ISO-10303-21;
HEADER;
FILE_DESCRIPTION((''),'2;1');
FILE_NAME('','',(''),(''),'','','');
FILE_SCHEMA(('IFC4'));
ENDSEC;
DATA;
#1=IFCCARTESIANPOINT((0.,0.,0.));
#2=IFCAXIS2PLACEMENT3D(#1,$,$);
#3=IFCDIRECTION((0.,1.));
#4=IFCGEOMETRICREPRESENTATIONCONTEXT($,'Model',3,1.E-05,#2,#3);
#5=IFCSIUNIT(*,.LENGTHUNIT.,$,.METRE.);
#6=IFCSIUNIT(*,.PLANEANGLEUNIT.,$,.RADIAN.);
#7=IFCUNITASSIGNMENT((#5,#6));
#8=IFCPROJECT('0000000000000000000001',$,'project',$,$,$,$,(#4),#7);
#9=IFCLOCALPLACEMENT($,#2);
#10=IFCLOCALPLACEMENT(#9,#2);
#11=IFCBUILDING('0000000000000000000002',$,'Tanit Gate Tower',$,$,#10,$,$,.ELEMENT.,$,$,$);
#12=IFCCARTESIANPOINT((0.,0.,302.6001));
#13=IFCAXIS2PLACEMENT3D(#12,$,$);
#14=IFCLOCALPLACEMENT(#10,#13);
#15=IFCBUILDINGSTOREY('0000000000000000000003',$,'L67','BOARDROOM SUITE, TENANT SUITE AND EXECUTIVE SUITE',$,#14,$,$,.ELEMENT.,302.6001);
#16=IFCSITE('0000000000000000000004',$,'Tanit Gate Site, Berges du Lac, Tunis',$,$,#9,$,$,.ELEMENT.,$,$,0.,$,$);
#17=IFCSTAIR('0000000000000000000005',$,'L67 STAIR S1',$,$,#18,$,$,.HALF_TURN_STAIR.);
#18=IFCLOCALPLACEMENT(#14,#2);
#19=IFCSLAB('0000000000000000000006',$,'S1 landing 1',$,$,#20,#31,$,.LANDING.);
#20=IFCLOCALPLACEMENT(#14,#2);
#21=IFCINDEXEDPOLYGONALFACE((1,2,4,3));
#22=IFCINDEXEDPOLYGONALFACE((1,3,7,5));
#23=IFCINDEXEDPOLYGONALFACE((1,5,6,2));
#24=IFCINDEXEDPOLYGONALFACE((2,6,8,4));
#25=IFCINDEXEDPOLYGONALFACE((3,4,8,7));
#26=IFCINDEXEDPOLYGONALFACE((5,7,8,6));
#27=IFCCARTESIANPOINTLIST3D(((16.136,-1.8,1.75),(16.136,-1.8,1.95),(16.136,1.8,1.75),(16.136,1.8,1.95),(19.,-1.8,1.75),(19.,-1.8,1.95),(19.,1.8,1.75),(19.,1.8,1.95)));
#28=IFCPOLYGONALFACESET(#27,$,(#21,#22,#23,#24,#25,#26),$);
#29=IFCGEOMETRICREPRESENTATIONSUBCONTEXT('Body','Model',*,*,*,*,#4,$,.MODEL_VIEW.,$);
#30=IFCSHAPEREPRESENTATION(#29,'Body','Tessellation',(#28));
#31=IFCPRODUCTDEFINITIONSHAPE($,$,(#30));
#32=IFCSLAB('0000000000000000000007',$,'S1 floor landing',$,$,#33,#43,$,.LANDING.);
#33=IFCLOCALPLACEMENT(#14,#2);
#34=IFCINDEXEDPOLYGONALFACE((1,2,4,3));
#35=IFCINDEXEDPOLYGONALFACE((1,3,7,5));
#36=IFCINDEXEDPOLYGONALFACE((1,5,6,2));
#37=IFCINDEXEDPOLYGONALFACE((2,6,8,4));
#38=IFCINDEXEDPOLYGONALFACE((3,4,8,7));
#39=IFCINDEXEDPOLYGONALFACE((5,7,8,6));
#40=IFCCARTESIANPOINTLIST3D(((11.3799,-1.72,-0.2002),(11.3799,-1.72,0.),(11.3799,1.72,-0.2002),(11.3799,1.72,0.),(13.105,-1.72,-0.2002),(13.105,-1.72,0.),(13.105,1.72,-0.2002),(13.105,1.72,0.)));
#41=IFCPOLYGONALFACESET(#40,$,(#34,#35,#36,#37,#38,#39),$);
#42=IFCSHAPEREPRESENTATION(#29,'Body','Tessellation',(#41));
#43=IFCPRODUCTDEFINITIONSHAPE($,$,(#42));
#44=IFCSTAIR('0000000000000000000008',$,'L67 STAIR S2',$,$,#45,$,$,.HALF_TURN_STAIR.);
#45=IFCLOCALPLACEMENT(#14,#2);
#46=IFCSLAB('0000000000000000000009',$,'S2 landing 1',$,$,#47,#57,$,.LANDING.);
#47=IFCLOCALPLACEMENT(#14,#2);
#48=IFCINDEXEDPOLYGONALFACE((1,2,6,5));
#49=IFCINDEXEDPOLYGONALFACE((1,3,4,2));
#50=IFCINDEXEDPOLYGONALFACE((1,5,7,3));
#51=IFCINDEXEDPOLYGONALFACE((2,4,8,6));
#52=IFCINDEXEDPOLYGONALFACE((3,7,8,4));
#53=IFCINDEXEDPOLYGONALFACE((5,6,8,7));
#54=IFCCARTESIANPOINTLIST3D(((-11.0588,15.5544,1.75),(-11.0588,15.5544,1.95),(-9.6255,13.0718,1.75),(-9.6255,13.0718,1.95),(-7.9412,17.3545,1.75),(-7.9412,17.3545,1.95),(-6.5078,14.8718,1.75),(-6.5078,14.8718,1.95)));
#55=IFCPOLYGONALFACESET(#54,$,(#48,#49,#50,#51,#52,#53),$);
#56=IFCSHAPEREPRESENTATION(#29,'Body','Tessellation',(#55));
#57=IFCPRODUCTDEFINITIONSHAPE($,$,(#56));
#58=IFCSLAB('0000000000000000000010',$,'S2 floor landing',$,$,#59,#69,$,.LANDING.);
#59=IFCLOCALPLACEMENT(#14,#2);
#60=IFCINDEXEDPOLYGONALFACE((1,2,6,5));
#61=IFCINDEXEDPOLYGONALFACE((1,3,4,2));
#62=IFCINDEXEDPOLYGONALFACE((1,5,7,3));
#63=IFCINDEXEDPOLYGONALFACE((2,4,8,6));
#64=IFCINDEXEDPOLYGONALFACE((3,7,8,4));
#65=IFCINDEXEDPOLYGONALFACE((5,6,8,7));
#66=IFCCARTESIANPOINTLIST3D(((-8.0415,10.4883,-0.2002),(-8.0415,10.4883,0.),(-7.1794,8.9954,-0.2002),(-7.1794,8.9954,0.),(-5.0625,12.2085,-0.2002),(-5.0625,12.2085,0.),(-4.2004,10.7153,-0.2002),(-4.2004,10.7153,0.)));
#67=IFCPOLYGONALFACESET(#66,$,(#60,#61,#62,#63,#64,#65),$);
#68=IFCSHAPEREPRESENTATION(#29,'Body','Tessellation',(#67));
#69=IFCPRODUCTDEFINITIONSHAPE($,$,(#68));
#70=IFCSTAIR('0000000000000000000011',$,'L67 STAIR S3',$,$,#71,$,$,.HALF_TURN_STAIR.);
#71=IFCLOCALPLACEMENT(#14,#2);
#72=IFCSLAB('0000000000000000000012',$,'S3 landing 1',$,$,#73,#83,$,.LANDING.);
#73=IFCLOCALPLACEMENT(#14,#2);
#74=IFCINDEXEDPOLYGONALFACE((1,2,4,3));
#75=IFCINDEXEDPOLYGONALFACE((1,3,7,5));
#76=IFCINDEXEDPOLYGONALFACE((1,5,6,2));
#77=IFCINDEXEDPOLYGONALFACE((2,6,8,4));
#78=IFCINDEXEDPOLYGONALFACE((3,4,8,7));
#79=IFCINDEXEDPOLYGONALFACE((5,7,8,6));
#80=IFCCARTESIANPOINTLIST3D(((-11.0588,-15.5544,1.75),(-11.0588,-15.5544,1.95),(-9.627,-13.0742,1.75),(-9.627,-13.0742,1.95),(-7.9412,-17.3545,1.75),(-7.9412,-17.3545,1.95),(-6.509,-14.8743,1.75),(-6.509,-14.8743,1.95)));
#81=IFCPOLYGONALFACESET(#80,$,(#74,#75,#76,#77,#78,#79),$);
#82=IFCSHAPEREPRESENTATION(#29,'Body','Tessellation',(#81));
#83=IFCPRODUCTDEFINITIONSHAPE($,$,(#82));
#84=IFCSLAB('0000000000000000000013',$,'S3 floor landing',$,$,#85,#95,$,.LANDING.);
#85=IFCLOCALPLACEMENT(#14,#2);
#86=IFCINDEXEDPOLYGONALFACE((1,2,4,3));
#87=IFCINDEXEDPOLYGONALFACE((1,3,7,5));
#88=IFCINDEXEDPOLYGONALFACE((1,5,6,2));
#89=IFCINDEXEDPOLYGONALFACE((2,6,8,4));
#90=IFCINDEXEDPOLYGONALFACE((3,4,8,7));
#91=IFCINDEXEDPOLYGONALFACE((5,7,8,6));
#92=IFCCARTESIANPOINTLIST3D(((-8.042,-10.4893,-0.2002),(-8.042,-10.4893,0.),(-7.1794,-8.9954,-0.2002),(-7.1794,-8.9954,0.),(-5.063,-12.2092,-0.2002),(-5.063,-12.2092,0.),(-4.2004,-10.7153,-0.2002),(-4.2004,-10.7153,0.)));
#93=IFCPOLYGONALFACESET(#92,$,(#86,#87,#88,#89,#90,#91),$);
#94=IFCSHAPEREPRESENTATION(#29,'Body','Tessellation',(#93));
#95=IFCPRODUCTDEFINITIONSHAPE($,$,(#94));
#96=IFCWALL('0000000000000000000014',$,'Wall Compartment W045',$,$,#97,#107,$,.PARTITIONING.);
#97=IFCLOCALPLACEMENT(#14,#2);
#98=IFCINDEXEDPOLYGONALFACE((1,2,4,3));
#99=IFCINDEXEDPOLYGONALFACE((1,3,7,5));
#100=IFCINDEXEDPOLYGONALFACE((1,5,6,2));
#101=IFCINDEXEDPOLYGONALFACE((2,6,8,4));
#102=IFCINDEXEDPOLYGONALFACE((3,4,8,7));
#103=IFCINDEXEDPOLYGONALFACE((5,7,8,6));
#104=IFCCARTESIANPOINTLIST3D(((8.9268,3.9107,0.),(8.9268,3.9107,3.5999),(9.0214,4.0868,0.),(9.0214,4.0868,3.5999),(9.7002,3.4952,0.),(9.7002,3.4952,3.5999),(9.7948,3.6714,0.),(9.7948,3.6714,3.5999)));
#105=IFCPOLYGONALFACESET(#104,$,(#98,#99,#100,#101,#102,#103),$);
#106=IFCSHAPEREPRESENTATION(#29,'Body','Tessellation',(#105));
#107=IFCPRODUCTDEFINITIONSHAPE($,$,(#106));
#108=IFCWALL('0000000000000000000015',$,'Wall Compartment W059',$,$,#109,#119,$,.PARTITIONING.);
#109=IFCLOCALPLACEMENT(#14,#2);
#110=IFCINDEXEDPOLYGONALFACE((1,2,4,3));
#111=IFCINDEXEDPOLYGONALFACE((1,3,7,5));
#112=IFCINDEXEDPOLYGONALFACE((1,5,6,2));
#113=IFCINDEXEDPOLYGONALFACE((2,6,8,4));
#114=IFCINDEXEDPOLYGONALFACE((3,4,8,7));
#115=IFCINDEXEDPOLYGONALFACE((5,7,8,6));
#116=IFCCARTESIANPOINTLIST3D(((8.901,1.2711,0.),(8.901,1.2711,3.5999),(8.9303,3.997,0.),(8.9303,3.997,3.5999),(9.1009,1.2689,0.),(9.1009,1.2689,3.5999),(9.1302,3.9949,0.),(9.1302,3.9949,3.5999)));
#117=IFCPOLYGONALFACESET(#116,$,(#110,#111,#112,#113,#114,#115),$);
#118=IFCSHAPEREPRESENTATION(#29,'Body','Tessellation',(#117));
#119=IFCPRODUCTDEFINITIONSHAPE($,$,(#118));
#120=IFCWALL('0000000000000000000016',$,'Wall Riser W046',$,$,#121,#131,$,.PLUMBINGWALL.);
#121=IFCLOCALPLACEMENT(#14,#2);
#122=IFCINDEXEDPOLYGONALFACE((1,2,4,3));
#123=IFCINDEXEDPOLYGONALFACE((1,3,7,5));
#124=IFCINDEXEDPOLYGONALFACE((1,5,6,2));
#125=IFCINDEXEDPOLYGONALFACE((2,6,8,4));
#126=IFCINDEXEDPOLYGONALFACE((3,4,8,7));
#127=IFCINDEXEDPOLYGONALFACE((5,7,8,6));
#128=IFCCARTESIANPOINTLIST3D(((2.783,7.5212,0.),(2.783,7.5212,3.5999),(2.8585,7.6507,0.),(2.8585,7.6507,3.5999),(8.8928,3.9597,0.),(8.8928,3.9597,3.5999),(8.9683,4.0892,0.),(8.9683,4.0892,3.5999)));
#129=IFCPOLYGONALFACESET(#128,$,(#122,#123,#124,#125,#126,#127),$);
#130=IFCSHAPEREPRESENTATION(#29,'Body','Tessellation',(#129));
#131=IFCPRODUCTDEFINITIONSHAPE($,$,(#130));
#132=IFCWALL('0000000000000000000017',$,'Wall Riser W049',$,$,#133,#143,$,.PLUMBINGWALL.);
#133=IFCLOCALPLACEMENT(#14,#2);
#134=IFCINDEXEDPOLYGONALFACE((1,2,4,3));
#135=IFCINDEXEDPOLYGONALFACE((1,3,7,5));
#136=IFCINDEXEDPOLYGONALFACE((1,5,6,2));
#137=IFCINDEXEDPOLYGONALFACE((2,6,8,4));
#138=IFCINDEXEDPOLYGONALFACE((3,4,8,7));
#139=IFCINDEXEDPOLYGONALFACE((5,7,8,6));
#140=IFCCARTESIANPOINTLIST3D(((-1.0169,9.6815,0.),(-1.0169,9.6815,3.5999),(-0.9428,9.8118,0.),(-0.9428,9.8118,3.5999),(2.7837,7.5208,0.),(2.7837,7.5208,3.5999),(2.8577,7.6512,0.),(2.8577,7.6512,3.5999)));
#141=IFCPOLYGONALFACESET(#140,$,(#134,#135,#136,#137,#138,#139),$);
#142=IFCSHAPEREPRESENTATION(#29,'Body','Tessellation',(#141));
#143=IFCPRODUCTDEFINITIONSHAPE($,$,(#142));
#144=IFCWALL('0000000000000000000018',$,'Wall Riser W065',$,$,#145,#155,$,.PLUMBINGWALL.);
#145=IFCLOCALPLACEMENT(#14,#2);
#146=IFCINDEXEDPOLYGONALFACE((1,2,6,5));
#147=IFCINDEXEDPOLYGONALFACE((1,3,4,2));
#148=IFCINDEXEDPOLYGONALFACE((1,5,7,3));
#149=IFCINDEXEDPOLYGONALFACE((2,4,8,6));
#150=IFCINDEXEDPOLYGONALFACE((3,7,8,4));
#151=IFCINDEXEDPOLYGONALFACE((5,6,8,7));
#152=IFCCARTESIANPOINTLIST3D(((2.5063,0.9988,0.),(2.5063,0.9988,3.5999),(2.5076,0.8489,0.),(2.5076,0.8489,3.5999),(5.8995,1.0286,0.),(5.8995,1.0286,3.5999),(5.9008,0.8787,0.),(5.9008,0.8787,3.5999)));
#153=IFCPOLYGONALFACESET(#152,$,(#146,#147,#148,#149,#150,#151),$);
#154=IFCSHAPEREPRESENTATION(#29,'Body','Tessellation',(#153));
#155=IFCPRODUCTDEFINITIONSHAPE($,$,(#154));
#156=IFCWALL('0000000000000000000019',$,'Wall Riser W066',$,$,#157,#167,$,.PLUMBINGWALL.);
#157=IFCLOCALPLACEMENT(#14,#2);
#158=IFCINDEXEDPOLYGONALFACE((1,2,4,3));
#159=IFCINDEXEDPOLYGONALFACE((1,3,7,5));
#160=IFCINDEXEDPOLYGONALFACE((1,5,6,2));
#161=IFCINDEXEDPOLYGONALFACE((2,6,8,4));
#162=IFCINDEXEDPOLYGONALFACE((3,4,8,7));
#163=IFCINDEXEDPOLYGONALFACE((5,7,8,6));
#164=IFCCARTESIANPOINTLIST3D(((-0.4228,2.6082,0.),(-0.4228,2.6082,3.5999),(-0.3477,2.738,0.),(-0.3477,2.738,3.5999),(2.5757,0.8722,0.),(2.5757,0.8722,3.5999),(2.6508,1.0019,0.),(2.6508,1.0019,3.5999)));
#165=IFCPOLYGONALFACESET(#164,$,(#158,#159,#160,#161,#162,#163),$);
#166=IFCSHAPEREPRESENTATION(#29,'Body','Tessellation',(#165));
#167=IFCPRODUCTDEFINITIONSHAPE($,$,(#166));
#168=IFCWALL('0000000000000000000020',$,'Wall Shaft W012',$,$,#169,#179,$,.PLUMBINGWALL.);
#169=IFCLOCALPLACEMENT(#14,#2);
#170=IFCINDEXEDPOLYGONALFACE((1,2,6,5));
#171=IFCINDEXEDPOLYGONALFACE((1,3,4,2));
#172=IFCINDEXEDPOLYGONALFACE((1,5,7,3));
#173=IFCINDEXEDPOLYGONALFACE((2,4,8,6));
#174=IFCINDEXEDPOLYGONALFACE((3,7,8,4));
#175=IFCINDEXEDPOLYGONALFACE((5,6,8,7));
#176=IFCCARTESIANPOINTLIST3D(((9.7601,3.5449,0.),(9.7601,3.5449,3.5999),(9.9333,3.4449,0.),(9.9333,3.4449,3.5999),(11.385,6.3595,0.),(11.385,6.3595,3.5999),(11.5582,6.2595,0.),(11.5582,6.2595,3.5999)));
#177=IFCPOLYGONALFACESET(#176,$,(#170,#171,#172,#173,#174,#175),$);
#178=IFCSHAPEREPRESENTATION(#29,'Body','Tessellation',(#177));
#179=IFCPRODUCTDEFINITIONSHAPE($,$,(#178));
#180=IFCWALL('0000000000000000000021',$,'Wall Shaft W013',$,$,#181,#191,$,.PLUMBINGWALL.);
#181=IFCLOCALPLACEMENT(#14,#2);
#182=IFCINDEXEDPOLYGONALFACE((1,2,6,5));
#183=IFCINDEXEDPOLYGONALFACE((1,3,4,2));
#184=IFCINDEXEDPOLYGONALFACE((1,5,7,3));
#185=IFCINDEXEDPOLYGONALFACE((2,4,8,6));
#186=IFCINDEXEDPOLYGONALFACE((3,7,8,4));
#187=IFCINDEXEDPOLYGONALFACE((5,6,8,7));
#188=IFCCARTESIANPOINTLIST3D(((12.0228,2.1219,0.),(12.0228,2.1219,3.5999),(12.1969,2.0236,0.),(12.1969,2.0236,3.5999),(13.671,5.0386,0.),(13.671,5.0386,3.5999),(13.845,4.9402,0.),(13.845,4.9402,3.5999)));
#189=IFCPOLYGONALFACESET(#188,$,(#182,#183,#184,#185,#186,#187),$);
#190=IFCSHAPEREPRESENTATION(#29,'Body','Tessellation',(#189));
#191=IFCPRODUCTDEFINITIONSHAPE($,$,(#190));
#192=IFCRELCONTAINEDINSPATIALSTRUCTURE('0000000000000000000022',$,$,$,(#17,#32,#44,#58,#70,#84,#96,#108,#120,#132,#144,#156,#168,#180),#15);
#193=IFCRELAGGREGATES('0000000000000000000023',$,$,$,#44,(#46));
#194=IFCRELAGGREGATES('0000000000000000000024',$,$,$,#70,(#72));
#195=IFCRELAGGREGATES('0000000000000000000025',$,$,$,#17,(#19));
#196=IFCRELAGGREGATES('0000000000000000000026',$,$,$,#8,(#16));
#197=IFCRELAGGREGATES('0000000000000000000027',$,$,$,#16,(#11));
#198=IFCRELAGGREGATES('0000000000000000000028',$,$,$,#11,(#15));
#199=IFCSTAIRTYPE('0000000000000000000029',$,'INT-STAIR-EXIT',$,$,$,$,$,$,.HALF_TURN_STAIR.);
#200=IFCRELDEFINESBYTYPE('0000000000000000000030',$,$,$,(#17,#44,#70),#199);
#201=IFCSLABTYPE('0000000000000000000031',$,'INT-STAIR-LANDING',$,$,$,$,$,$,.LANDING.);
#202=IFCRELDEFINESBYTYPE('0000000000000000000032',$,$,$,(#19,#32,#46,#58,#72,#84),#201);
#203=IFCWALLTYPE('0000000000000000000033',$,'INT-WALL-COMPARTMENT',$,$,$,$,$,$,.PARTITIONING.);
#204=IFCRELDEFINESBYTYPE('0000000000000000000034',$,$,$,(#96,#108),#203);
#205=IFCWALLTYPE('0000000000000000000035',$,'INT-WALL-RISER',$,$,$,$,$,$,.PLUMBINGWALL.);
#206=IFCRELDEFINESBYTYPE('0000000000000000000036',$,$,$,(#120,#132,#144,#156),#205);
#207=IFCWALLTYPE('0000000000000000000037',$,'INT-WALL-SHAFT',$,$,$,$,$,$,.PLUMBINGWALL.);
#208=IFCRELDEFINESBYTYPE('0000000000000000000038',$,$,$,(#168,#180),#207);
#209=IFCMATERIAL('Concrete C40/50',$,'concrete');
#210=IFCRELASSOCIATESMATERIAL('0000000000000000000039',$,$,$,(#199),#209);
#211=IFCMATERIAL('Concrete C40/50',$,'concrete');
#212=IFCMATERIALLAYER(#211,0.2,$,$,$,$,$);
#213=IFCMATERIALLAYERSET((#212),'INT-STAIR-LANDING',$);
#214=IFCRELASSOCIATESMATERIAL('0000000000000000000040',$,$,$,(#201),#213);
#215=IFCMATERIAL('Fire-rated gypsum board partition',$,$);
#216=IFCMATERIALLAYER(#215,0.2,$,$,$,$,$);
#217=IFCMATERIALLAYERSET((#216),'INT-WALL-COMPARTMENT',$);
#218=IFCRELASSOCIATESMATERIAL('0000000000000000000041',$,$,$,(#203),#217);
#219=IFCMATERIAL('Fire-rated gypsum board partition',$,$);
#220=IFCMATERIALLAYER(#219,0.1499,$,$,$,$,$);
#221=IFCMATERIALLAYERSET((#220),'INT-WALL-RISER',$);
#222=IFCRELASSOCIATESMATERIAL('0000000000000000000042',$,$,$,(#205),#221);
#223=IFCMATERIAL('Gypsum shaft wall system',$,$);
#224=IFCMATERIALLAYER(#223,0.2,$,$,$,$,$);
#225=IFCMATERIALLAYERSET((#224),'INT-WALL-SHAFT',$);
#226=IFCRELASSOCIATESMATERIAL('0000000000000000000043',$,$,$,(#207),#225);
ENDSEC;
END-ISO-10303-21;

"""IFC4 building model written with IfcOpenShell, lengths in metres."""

from ifc_helpers import new_model, si_unit, direction, frame, frame_2d, origin, place, context, subcontext, project, spatial, polyline, rectangle, outline, extrude, material, layer, layer_set, type_object, element, aggregate, save


model = new_model("IFC4")

# Units and contexts
model_context = context("Model", 3, precision=1e-05, world=origin(), true_north=direction((0.0, 1.0)))
body_context = subcontext(model_context, "Body", "Model", "MODEL_VIEW")
ifc_project = project(units=[si_unit("LENGTHUNIT", "METRE"), si_unit("PLANEANGLEUNIT", "RADIAN")], contexts=[model_context])

# Site, building, storey
site_placement = place(None, origin())
site = spatial("IfcSite", under=ifc_project, at=site_placement, Name="Tanit Gate Site, Berges du Lac, Tunis", CompositionType="ELEMENT", RefElevation=0.0)
building_placement = place(site_placement, origin())
building = spatial("IfcBuilding", under=site, at=building_placement, Name="Tanit Gate Tower", CompositionType="ELEMENT")
storey_placement = place(building_placement, frame((0.0, 0.0, 302.6001)))
storey = spatial("IfcBuildingStorey", under=building, at=storey_placement, Name="L67", Description="BOARDROOM SUITE, TENANT SUITE AND EXECUTIVE SUITE", CompositionType="ELEMENT", Elevation=302.6001)

# Stair, slab
ifc_material_1 = material(Name="Concrete C40/50", Category="concrete")
stair_type = type_object("IfcStairType", Name="INT-STAIR-EXIT", PredefinedType="HALF_TURN_STAIR", material=ifc_material_1)
stair_1_placement = place(storey_placement, origin())
stair_1 = element("IfcStair", 1, at=stair_1_placement, inside=storey, type_object=stair_type, Name="L67 STAIR S1", PredefinedType="HALF_TURN_STAIR")
ifc_material_2 = material(Name="Concrete C40/50", Category="concrete")
ifc_layer_1 = layer(ifc_material_2, 0.2)
ifc_layer_set_1 = layer_set([ifc_layer_1], Name="INT-STAIR-LANDING")
slab_type = type_object("IfcSlabType", Name="INT-STAIR-LANDING", PredefinedType="LANDING", material=ifc_layer_set_1)
slab_1_placement = place(storey_placement, frame((0.0, 0.0, 1.75)))
slab_1 = element("IfcSlab", 2, at=slab_1_placement, type_object=slab_type, Name="S1 landing 1", PredefinedType="LANDING", context=body_context, shape_type="SweptSolid", body=[
    extrude(outline(polyline([(16.136, -1.8), (19.0, -1.8), (19.0, 1.8), (16.136, 1.8), (16.136, -1.8)])), origin(), (0.0, 0.0, 1.0), 0.2),
])

# Slab
slab_2_placement = place(storey_placement, frame((0.0, 0.0, -0.2002)))
element("IfcSlab", 3, at=slab_2_placement, inside=storey, type_object=slab_type, Name="S1 floor landing", PredefinedType="LANDING", context=body_context, shape_type="SweptSolid", body=[
    extrude(outline(polyline([(11.3799, -1.72), (13.105, -1.72), (13.105, 1.72), (11.3799, 1.72), (11.3799, -1.72)])), origin(), (0.0, 0.0, 1.0), 0.2002),
])

# Stair, slab
stair_2_placement = place(storey_placement, origin())
stair_2 = element("IfcStair", 4, at=stair_2_placement, inside=storey, type_object=stair_type, Name="L67 STAIR S2", PredefinedType="HALF_TURN_STAIR")
slab_3_placement = place(storey_placement, frame((0.0, 0.0, 1.75)))
slab_3 = element("IfcSlab", 5, at=slab_3_placement, type_object=slab_type, Name="S2 landing 1", PredefinedType="LANDING", context=body_context, shape_type="SweptSolid", body=[
    extrude(outline(polyline([(-6.5078, 14.8718), (-7.9412, 17.3545), (-11.0588, 15.5544), (-9.6255, 13.0718), (-6.5078, 14.8718)])), origin(), (0.0, 0.0, 1.0), 0.2),
])
aggregate(stair_2, [slab_3])

# Slab
slab_4_placement = place(storey_placement, frame((0.0, 0.0, -0.2002)))
element("IfcSlab", 6, at=slab_4_placement, inside=storey, type_object=slab_type, Name="S2 floor landing", PredefinedType="LANDING", context=body_context, shape_type="SweptSolid", body=[
    extrude(outline(polyline([(-4.2004, 10.7153), (-5.0625, 12.2085), (-8.0415, 10.4883), (-7.1794, 8.9954), (-4.2004, 10.7153)])), origin(), (0.0, 0.0, 1.0), 0.2002),
])

# Stair, slab
stair_3_placement = place(storey_placement, origin())
stair_3 = element("IfcStair", 7, at=stair_3_placement, inside=storey, type_object=stair_type, Name="L67 STAIR S3", PredefinedType="HALF_TURN_STAIR")
slab_5_placement = place(storey_placement, frame((0.0, 0.0, 1.75)))
slab_5 = element("IfcSlab", 8, at=slab_5_placement, type_object=slab_type, Name="S3 landing 1", PredefinedType="LANDING", context=body_context, shape_type="SweptSolid", body=[
    extrude(outline(polyline([(-9.627, -13.0742), (-11.0588, -15.5544), (-7.9412, -17.3545), (-6.509, -14.8743), (-9.627, -13.0742)])), origin(), (0.0, 0.0, 1.0), 0.2),
])
aggregate(stair_3, [slab_5])

# Slab
slab_6_placement = place(storey_placement, frame((0.0, 0.0, -0.2002)))
element("IfcSlab", 9, at=slab_6_placement, inside=storey, type_object=slab_type, Name="S3 floor landing", PredefinedType="LANDING", context=body_context, shape_type="SweptSolid", body=[
    extrude(outline(polyline([(-7.1794, -8.9954), (-8.042, -10.4893), (-5.063, -12.2092), (-4.2004, -10.7153), (-7.1794, -8.9954)])), origin(), (0.0, 0.0, 1.0), 0.2002),
])

# Walls
ifc_material_3 = material(Name="Fire-rated gypsum board partition")
ifc_layer_2 = layer(ifc_material_3, 0.2)
ifc_layer_set_2 = layer_set([ifc_layer_2], Name="INT-WALL-COMPARTMENT")
wall_type_1 = type_object("IfcWallType", Name="INT-WALL-COMPARTMENT", PredefinedType="PARTITIONING", material=ifc_layer_set_2)
wall_1_placement = place(storey_placement, frame((8.9741, 3.9988, 0.0), z_axis=(0.0, 0.0, 1.0), x_axis=(0.880917, -0.473271, 0.0)))
element("IfcWall", 10, at=wall_1_placement, inside=storey, type_object=wall_type_1, Name="Wall Compartment W045", PredefinedType="PARTITIONING", context=body_context, shape_type="SweptSolid", body=[
    extrude(rectangle(XDim=0.8779, YDim=0.2, at=frame_2d((0.439, 0.0))), origin(), (0.0, 0.0, 1.0), 3.5999),
])
wall_2_placement = place(storey_placement, frame((9.001, 1.27, 0.0), z_axis=(0.0, 0.0, 1.0), x_axis=(0.010747, 0.999942, 0.0)))
element("IfcWall", 11, at=wall_2_placement, inside=storey, type_object=wall_type_1, Name="Wall Compartment W059", PredefinedType="PARTITIONING", context=body_context, shape_type="SweptSolid", body=[
    extrude(rectangle(XDim=2.7261, YDim=0.2, at=frame_2d((1.363, 0.0))), origin(), (0.0, 0.0, 1.0), 3.5999),
])
ifc_material_4 = material(Name="Fire-rated gypsum board partition")
ifc_layer_3 = layer(ifc_material_4, 0.1499)
ifc_layer_set_3 = layer_set([ifc_layer_3], Name="INT-WALL-RISER")
wall_type_2 = type_object("IfcWallType", Name="INT-WALL-RISER", PredefinedType="PLUMBINGWALL", material=ifc_layer_set_3)
wall_3_placement = place(storey_placement, frame((8.9307, 4.0244, 0.0), z_axis=(0.0, 0.0, 1.0), x_axis=(-0.863937, 0.503601, 0.0)))
element("IfcWall", 12, at=wall_3_placement, inside=storey, type_object=wall_type_2, Name="Wall Riser W046", PredefinedType="PLUMBINGWALL", context=body_context, shape_type="SweptSolid", body=[
    extrude(rectangle(XDim=7.072, YDim=0.1499, at=frame_2d((3.5361, 0.0))), origin(), (0.0, 0.0, 1.0), 3.5999),
])
wall_4_placement = place(storey_placement, frame((2.8208, 7.5859, 0.0), z_axis=(0.0, 0.0, 1.0), x_axis=(-0.869334, 0.494225, 0.0)))
element("IfcWall", 13, at=wall_4_placement, inside=storey, type_object=wall_type_2, Name="Wall Riser W049", PredefinedType="PLUMBINGWALL", context=body_context, shape_type="SweptSolid", body=[
    extrude(rectangle(XDim=4.3718, YDim=0.1499, at=frame_2d((2.186, 0.0))), origin(), (0.0, 0.0, 1.0), 3.5999),
])
wall_5_placement = place(storey_placement, frame((2.5068, 0.9238, 0.0), z_axis=(0.0, 0.0, 1.0), x_axis=(0.999961, 0.008778, 0.0)))
element("IfcWall", 14, at=wall_5_placement, inside=storey, type_object=wall_type_2, Name="Wall Riser W065", PredefinedType="PLUMBINGWALL", context=body_context, shape_type="SweptSolid", body=[
    extrude(rectangle(XDim=3.3933, YDim=0.1499, at=frame_2d((1.6968, 0.0))), origin(), (0.0, 0.0, 1.0), 3.5999),
])
wall_6_placement = place(storey_placement, frame((-0.3853, 2.6731, 0.0), z_axis=(0.0, 0.0, 1.0), x_axis=(0.865415, -0.501056, 0.0)))
element("IfcWall", 15, at=wall_6_placement, inside=storey, type_object=wall_type_2, Name="Wall Riser W066", PredefinedType="PLUMBINGWALL", context=body_context, shape_type="SweptSolid", body=[
    extrude(rectangle(XDim=3.4648, YDim=0.1499, at=frame_2d((1.7324, 0.0))), origin(), (0.0, 0.0, 1.0), 3.5999),
])
ifc_material_5 = material(Name="Gypsum shaft wall system")
ifc_layer_4 = layer(ifc_material_5, 0.2)
ifc_layer_set_4 = layer_set([ifc_layer_4], Name="INT-WALL-SHAFT")
wall_type_3 = type_object("IfcWallType", Name="INT-WALL-SHAFT", PredefinedType="PLUMBINGWALL", material=ifc_layer_set_4)
wall_7_placement = place(storey_placement, frame((9.8467, 3.4949, 0.0), z_axis=(0.0, 0.0, 1.0), x_axis=(0.499985, 0.866034, 0.0)))
element("IfcWall", 16, at=wall_7_placement, inside=storey, type_object=wall_type_3, Name="Wall Shaft W012", PredefinedType="PLUMBINGWALL", context=body_context, shape_type="SweptSolid", body=[
    extrude(rectangle(XDim=3.25, YDim=0.2, at=frame_2d((1.625, 0.0))), origin(), (0.0, 0.0, 1.0), 3.5999),
])
wall_8_placement = place(storey_placement, frame((12.1099, 2.0728, 0.0), z_axis=(0.0, 0.0, 1.0), x_axis=(0.491966, 0.870614, 0.0)))
element("IfcWall", 17, at=wall_8_placement, inside=storey, type_object=wall_type_3, Name="Wall Shaft W013", PredefinedType="PLUMBINGWALL", context=body_context, shape_type="SweptSolid", body=[
    extrude(rectangle(XDim=3.3501, YDim=0.2, at=frame_2d((1.675, 0.0))), origin(), (0.0, 0.0, 1.0), 3.5999),
])

aggregate(stair_1, [slab_1])

save(model, "model.ifc")
